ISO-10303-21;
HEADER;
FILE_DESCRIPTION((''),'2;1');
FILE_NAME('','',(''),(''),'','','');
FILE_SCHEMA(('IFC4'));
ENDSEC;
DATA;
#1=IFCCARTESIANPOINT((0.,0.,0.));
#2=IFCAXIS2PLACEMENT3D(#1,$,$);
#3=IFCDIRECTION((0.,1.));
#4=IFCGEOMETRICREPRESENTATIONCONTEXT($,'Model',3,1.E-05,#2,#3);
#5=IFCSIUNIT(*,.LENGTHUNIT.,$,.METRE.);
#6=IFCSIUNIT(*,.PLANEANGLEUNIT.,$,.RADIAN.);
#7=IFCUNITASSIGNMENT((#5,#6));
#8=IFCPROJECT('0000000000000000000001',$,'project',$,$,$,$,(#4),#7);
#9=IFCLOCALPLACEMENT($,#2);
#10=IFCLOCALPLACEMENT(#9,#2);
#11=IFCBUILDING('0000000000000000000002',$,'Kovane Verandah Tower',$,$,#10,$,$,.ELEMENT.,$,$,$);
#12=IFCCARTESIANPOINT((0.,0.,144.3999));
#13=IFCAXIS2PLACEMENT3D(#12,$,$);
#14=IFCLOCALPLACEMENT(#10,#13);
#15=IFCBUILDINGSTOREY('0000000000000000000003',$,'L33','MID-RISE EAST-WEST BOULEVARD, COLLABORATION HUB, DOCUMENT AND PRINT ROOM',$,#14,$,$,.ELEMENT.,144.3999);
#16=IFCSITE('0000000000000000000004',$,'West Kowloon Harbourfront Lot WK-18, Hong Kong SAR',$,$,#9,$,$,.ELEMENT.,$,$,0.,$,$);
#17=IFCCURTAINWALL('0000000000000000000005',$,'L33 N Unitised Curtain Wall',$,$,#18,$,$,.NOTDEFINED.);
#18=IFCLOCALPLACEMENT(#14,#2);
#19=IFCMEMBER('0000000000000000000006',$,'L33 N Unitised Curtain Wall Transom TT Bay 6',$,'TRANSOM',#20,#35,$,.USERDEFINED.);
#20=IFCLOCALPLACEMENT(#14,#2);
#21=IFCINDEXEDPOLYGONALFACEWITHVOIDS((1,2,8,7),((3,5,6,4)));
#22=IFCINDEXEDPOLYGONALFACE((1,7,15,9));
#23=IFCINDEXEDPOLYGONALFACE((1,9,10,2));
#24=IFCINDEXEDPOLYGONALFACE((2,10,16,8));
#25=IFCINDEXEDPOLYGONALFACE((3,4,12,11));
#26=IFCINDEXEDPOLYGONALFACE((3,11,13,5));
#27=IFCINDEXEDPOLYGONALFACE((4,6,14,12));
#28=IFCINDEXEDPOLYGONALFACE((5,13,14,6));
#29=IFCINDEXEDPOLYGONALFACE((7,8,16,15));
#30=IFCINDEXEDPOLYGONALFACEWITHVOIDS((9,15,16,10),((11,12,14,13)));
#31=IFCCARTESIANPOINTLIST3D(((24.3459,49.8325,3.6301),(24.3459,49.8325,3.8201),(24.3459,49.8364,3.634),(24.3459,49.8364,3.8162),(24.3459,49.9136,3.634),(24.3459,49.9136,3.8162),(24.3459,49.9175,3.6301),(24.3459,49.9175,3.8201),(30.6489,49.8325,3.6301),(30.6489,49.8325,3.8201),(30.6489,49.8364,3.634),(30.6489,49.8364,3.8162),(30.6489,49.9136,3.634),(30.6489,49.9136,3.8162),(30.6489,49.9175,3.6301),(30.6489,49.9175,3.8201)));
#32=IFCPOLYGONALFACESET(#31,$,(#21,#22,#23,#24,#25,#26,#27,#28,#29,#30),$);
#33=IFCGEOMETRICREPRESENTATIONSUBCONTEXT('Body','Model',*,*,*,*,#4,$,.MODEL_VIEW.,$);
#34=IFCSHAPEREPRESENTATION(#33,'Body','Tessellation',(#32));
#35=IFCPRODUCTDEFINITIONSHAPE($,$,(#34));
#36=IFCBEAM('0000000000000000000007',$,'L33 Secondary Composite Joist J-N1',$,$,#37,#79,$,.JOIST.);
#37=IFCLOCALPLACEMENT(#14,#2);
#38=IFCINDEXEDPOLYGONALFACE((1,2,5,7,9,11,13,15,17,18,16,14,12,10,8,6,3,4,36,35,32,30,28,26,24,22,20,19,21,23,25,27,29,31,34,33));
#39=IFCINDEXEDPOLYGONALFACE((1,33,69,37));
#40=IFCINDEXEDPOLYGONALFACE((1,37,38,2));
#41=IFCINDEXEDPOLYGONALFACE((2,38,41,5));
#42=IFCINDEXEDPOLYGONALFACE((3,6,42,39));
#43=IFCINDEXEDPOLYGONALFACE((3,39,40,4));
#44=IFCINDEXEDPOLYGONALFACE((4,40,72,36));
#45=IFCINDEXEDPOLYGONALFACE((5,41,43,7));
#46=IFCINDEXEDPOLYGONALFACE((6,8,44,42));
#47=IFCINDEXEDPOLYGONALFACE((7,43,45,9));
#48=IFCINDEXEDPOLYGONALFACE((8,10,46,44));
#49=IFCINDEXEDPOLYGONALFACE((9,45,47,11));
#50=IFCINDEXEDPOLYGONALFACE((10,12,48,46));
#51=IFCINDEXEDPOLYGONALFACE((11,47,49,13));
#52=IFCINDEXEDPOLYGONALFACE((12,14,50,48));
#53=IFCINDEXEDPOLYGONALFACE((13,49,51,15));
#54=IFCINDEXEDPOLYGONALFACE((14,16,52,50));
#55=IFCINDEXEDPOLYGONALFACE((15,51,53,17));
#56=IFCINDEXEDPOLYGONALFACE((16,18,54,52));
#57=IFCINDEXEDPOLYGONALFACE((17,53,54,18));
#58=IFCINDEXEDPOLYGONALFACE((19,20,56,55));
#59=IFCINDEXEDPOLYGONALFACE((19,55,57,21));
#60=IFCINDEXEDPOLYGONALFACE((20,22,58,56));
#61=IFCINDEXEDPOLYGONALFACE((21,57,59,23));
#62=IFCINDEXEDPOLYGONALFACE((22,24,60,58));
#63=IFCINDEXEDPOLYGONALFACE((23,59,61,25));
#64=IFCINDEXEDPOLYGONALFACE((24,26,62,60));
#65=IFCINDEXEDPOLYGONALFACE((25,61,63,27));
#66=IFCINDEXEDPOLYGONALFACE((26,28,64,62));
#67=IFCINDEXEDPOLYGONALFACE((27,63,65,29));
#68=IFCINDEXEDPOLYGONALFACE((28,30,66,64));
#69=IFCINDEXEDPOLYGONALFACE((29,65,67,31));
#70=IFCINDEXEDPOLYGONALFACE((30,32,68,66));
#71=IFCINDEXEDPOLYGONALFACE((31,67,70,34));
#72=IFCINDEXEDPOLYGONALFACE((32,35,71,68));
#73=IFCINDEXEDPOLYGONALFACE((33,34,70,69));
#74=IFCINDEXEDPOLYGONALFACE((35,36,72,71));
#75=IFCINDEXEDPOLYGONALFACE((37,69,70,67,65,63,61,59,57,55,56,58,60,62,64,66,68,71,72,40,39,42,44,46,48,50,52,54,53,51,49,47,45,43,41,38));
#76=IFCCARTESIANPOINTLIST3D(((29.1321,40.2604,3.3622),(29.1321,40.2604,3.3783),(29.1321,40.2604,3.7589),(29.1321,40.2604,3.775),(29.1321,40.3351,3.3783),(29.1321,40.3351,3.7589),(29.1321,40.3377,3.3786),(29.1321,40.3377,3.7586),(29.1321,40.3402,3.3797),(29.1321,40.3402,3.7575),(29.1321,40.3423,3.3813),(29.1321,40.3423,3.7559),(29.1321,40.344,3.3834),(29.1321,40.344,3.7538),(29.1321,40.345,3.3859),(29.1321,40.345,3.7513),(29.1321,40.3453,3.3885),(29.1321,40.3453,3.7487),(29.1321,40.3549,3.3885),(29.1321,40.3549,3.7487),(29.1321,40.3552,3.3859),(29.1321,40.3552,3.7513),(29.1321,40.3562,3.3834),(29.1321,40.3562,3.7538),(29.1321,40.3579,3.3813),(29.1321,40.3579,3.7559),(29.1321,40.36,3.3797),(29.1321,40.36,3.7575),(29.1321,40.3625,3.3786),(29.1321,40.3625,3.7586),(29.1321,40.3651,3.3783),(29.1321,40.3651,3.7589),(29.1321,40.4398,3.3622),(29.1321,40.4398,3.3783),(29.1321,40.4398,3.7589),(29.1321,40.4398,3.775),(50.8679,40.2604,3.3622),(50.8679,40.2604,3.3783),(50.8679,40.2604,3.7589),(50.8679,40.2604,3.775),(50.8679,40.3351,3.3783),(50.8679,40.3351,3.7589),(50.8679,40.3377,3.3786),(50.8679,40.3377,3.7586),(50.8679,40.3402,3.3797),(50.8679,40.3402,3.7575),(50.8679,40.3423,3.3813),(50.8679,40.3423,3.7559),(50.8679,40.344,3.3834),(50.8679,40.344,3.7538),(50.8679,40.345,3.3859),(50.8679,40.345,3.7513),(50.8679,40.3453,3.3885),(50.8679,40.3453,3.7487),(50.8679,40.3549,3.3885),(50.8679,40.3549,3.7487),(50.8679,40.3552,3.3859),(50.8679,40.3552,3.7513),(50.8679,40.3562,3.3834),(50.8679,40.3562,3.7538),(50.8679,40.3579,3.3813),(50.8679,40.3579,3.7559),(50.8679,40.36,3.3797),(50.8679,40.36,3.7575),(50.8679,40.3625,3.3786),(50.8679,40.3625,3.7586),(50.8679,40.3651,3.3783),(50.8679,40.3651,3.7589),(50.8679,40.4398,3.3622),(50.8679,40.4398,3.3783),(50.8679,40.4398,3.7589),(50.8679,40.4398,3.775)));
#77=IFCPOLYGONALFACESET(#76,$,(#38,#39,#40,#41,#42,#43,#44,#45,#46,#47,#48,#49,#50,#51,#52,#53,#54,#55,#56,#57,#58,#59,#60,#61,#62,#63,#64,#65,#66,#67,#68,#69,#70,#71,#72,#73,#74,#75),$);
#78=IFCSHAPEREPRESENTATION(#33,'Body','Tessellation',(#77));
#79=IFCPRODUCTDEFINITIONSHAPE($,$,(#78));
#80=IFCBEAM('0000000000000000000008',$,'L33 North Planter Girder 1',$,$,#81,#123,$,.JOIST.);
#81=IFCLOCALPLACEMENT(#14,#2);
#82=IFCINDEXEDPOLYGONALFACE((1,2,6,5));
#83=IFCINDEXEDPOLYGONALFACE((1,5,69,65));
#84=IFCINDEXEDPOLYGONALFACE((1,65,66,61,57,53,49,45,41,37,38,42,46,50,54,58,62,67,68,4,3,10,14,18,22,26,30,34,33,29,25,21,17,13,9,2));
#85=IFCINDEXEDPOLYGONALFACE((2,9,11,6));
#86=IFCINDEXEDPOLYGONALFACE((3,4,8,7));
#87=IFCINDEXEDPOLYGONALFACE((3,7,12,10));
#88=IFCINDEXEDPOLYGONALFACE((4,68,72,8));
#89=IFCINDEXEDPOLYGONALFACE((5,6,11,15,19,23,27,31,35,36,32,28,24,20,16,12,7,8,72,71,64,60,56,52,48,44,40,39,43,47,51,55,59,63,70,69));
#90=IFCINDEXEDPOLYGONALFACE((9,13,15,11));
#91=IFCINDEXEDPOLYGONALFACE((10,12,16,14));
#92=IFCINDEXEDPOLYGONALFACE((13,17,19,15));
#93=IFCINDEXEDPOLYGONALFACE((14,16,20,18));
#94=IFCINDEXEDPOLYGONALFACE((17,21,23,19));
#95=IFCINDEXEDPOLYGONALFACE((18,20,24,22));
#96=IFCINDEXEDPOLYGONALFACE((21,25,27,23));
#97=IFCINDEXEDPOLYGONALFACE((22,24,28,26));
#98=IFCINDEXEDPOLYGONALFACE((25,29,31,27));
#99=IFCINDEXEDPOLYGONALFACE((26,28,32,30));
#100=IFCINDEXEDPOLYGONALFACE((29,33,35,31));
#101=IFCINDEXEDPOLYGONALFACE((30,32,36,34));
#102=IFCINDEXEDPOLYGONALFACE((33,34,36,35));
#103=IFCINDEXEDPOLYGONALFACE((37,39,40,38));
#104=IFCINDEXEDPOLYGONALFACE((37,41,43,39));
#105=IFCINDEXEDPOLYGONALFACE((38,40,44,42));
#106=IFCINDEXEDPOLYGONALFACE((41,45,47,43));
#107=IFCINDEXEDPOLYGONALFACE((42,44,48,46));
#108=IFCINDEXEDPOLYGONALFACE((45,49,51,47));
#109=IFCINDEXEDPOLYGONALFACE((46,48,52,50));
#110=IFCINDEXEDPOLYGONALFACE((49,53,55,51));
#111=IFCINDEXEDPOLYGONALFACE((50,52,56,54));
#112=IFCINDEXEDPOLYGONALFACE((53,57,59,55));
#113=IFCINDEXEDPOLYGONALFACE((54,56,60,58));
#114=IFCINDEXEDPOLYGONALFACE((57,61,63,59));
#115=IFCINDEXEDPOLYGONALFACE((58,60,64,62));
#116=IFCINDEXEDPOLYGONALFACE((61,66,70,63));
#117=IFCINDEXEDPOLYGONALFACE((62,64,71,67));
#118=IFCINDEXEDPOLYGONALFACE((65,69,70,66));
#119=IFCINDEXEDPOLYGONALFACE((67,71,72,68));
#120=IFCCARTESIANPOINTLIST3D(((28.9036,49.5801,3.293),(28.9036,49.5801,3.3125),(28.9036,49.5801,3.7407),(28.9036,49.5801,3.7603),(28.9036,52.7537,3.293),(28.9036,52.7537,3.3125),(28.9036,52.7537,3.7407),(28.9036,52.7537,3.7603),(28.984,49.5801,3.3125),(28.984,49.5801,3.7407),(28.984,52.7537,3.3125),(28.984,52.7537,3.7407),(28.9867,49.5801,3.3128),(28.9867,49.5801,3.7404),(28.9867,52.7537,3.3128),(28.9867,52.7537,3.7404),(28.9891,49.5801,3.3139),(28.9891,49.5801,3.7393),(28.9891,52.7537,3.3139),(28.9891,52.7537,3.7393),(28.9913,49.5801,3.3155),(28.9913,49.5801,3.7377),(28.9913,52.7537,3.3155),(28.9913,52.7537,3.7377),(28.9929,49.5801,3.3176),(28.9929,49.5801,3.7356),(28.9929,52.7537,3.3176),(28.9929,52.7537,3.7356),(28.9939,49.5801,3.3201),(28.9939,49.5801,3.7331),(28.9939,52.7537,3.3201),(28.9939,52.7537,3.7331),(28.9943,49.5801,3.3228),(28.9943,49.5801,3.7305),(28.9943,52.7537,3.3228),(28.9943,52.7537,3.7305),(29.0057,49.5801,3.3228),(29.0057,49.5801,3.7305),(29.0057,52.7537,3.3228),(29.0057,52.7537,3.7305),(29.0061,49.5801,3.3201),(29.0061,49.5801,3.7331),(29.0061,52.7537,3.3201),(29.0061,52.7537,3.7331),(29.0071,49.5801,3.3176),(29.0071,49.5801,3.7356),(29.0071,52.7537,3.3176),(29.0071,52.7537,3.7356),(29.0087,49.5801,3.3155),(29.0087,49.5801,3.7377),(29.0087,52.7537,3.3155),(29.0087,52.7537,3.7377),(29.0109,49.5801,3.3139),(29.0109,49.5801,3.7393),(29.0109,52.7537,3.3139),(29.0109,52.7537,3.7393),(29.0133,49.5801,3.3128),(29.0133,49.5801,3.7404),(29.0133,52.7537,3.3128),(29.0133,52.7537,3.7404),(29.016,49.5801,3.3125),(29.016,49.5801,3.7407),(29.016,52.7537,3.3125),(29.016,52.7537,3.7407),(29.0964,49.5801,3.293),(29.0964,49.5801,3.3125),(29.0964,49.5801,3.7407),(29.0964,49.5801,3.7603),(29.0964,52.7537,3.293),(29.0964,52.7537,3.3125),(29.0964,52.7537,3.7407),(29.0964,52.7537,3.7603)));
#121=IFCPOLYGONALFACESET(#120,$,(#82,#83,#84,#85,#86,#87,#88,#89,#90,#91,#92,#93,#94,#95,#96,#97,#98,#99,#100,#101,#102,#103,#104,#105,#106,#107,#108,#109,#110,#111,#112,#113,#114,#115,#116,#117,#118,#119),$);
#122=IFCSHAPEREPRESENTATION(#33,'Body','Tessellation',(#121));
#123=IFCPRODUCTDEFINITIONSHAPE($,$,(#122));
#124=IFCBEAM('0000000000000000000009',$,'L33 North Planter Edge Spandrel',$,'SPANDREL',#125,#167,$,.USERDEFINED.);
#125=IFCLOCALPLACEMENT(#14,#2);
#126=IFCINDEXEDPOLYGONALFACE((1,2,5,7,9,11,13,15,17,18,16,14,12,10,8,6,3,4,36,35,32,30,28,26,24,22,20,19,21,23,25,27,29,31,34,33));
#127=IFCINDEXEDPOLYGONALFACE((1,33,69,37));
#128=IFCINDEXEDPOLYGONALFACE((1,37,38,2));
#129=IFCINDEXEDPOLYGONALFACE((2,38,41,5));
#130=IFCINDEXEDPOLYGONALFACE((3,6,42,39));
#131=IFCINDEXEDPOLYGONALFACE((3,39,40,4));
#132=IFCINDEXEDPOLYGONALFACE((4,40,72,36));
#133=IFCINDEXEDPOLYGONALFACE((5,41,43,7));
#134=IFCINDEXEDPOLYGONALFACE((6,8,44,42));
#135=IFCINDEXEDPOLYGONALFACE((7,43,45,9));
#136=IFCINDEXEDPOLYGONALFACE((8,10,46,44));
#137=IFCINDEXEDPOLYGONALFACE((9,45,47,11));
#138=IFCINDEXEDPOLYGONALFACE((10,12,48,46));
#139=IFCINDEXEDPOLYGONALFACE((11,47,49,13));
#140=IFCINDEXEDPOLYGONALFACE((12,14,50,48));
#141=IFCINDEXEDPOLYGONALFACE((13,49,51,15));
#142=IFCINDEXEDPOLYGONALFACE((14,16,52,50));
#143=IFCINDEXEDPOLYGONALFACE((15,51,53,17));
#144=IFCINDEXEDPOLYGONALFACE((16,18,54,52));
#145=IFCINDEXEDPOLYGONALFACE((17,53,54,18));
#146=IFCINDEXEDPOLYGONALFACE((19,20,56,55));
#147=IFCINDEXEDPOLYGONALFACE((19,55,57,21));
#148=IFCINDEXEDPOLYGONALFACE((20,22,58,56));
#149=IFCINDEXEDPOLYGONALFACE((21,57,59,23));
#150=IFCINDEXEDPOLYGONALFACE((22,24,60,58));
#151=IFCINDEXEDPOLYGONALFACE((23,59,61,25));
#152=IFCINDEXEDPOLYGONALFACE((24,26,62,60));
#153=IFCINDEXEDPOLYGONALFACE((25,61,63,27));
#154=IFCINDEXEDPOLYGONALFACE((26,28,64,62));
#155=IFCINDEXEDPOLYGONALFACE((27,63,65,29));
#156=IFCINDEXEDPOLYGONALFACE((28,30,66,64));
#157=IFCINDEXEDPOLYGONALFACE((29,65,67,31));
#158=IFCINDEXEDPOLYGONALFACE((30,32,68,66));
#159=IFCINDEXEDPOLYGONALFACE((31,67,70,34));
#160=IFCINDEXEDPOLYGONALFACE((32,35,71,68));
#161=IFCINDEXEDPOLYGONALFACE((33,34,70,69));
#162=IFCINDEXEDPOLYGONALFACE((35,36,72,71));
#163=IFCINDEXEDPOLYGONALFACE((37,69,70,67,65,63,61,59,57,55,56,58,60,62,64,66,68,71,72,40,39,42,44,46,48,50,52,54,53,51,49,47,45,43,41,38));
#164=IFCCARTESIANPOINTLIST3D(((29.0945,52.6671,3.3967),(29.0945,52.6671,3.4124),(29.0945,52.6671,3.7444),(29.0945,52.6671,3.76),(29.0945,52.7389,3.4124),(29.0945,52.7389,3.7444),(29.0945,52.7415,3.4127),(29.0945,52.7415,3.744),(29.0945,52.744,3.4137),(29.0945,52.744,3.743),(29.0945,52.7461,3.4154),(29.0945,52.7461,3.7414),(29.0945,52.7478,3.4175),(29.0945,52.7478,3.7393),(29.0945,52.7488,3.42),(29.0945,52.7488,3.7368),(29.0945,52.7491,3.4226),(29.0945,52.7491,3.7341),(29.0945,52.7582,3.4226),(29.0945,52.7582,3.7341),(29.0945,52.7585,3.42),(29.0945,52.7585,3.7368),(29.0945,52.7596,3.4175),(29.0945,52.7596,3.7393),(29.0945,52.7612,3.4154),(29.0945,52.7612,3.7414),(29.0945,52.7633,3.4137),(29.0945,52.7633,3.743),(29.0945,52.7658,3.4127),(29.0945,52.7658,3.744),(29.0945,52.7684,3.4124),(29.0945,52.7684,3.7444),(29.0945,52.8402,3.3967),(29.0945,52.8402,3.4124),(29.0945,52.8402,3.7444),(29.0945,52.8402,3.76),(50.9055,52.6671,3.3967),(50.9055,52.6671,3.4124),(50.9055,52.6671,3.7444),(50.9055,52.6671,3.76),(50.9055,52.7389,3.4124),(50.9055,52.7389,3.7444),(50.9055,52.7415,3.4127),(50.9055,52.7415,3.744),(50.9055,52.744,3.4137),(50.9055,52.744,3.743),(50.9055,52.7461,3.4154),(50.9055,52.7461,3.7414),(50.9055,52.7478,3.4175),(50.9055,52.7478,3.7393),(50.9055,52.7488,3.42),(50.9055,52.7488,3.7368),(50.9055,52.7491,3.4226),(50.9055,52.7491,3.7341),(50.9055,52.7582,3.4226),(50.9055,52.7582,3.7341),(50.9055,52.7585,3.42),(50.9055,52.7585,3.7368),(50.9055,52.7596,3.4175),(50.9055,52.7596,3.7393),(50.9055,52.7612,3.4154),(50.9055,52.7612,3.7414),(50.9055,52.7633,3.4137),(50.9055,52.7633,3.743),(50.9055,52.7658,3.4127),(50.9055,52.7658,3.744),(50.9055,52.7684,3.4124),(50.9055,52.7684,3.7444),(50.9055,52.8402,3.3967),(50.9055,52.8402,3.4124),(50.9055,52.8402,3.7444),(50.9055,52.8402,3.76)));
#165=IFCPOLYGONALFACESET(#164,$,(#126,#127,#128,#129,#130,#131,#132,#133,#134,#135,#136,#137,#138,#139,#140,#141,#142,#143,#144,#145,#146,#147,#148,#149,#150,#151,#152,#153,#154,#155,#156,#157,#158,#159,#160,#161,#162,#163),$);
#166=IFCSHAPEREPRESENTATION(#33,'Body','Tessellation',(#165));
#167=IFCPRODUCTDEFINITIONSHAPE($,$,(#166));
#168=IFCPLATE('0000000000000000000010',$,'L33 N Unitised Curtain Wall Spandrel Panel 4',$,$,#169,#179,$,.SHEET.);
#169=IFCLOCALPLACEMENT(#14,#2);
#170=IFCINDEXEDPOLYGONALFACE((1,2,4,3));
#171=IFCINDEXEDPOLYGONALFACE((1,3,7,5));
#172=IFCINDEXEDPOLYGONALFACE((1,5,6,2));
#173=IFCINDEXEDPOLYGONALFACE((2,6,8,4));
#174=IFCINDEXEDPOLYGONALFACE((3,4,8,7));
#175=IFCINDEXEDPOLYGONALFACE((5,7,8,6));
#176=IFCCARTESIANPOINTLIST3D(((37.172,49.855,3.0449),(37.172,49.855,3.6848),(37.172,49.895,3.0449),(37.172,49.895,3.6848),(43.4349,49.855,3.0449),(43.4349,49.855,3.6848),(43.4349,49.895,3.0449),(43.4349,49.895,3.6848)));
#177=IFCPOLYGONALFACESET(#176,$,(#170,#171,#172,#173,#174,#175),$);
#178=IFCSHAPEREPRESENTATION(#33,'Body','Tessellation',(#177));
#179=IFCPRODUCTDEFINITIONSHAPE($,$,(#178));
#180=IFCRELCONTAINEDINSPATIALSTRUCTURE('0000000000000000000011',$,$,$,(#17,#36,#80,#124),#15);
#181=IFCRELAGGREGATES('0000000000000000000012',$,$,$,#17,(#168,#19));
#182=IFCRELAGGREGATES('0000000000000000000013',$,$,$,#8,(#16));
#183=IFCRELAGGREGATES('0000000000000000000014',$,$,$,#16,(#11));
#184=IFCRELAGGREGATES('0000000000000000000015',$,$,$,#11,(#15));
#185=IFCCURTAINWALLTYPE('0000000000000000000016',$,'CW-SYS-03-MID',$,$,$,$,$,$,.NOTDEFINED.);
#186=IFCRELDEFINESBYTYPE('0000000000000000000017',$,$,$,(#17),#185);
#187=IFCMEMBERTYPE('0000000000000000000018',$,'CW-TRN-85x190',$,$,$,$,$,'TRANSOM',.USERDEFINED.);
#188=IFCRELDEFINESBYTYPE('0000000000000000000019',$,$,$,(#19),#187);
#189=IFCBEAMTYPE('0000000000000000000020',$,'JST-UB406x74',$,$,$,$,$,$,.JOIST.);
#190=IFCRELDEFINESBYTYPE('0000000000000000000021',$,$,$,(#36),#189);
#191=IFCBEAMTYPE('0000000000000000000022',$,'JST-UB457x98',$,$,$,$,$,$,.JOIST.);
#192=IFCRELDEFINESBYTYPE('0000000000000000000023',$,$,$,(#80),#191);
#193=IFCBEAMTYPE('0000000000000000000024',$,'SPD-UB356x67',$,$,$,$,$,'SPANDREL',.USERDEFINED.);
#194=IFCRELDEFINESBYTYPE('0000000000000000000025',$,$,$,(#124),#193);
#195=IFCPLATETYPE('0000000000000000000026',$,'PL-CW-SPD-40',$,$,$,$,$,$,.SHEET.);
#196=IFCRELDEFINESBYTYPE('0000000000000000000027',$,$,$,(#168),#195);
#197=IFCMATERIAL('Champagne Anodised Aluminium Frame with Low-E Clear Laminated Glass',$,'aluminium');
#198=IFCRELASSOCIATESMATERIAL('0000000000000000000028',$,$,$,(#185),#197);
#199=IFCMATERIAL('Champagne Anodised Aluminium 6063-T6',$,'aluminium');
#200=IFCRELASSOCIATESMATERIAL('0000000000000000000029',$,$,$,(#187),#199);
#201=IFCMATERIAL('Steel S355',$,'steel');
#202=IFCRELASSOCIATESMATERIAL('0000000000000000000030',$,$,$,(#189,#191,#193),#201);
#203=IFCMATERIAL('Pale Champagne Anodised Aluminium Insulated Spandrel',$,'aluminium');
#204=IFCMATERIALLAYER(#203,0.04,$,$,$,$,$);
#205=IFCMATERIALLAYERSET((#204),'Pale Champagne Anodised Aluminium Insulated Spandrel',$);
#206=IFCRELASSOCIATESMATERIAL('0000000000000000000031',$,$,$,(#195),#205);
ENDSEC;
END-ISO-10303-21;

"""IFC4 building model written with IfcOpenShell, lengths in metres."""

from ifc_helpers import new_model, si_unit, direction, frame, origin, origin_2d, place, context, subcontext, project, spatial, rectangle, hollow_rectangle, i_section, extrude, material, layer, layer_set, material_profile, profile_set, type_object, element, aggregate, save


model = new_model("IFC4")

# Units and contexts
model_context = context("Model", 3, precision=1e-05, world=origin(), true_north=direction((0.0, 1.0)))
body_context = subcontext(model_context, "Body", "Model", "MODEL_VIEW")
ifc_project = project(units=[si_unit("LENGTHUNIT", "METRE"), si_unit("PLANEANGLEUNIT", "RADIAN")], contexts=[model_context])

# Site, building, storey
site_placement = place(None, origin())
site = spatial("IfcSite", under=ifc_project, at=site_placement, Name="West Kowloon Harbourfront Lot WK-18, Hong Kong SAR", CompositionType="ELEMENT", RefElevation=0.0)
building_placement = place(site_placement, origin())
building = spatial("IfcBuilding", under=site, at=building_placement, Name="Kovane Verandah Tower", CompositionType="ELEMENT")
storey_placement = place(building_placement, frame((0.0, 0.0, 144.3999)))
storey = spatial("IfcBuildingStorey", under=building, at=storey_placement, Name="L33", Description="MID-RISE EAST-WEST BOULEVARD, COLLABORATION HUB, DOCUMENT AND PRINT ROOM", CompositionType="ELEMENT", Elevation=144.3999)

# Curtain wall, member
ifc_material_1 = material(Name="Champagne Anodised Aluminium Frame with Low-E Clear Laminated Glass", Category="aluminium")
curtain_wall_type = type_object("IfcCurtainWallType", Name="CW-SYS-03-MID", PredefinedType="NOTDEFINED", material=ifc_material_1)
curtain_wall_placement = place(storey_placement, origin())
curtain_wall = element("IfcCurtainWall", 1, at=curtain_wall_placement, inside=storey, type_object=curtain_wall_type, Name="L33 N Unitised Curtain Wall", PredefinedType="NOTDEFINED")
ifc_material_2 = material(Name="Champagne Anodised Aluminium 6063-T6", Category="aluminium")
ifc_material_profile_1 = material_profile(ifc_material_2, hollow_rectangle(XDim=0.085, YDim=0.1899, WallThickness=0.0039, at=origin_2d()), Name="AL85x190x4")
ifc_profile_set_1 = profile_set([ifc_material_profile_1], Name="Champagne Anodised Aluminium 6063-T6")
member_type_1 = type_object("IfcMemberType", Name="CW-TRN-85x190", ElementType="TRANSOM", PredefinedType="USERDEFINED", material=ifc_profile_set_1)
member_1_placement = place(storey_placement, frame((30.6489, 49.875, 3.7251), z_axis=(-1.0, 0.0, 0.0), x_axis=(0.0, -1.0, 0.0)))
member_1 = element("IfcMember", 2, at=member_1_placement, type_object=member_type_1, Name="L33 N Unitised Curtain Wall Transom TT Bay 6", ObjectType="TRANSOM", PredefinedType="USERDEFINED", context=body_context, shape_type="SweptSolid", body=[
    extrude(hollow_rectangle(XDim=0.085, YDim=0.1899, WallThickness=0.0039, at=origin_2d()), origin(), (0.0, 0.0, 1.0), 6.303),
])

# Beams
ifc_material_3 = material(Name="Steel S355", Category="steel")
ifc_material_profile_2 = material_profile(ifc_material_3, i_section(OverallWidth=0.1794, OverallDepth=0.4128, WebThickness=0.0095, FlangeThickness=0.0161, FilletRadius=0.0103, at=origin_2d()), Name="UB406x178x74")
ifc_profile_set_2 = profile_set([ifc_material_profile_2], Name="Steel S355")
beam_type_1 = type_object("IfcBeamType", Name="JST-UB406x74", PredefinedType="JOIST", material=ifc_profile_set_2)
beam_1_placement = place(storey_placement, frame((29.1321, 40.3501, 3.5686), z_axis=(1.0, 0.0, 0.0), x_axis=(0.0, 1.0, 0.0)))
element("IfcBeam", 3, at=beam_1_placement, inside=storey, type_object=beam_type_1, Name="L33 Secondary Composite Joist J-N1", PredefinedType="JOIST", context=body_context, shape_type="SweptSolid", body=[
    extrude(i_section(OverallWidth=0.1794, OverallDepth=0.4128, WebThickness=0.0095, FlangeThickness=0.0161, FilletRadius=0.0103, at=origin_2d()), origin(), (0.0, 0.0, 1.0), 21.7358),
])
ifc_material_profile_3 = material_profile(ifc_material_3, i_section(OverallWidth=0.1929, OverallDepth=0.4673, WebThickness=0.0115, FlangeThickness=0.0195, FilletRadius=0.0103, at=origin_2d()), Name="UB457x191x98")
ifc_profile_set_3 = profile_set([ifc_material_profile_3], Name="Steel S355")
beam_type_2 = type_object("IfcBeamType", Name="JST-UB457x98", PredefinedType="JOIST", material=ifc_profile_set_3)
beam_2_placement = place(storey_placement, frame((29.0, 49.5801, 3.5266), z_axis=(0.0, 1.0, 0.0), x_axis=(-1.0, 0.0, 0.0)))
element("IfcBeam", 4, at=beam_2_placement, inside=storey, type_object=beam_type_2, Name="L33 North Planter Girder 1", PredefinedType="JOIST", context=body_context, shape_type="SweptSolid", body=[
    extrude(i_section(OverallWidth=0.1929, OverallDepth=0.4673, WebThickness=0.0115, FlangeThickness=0.0195, FilletRadius=0.0103, at=origin_2d()), origin(), (0.0, 0.0, 1.0), 3.1736),
])
ifc_material_profile_4 = material_profile(ifc_material_3, i_section(OverallWidth=0.1731, OverallDepth=0.3633, WebThickness=0.009, FlangeThickness=0.0156, FilletRadius=0.0103, at=origin_2d()), Name="UB356x171x67")
ifc_profile_set_4 = profile_set([ifc_material_profile_4], Name="Steel S355")
beam_type_3 = type_object("IfcBeamType", Name="SPD-UB356x67", ElementType="SPANDREL", PredefinedType="USERDEFINED", material=ifc_profile_set_4)
beam_3_placement = place(storey_placement, frame((29.0945, 52.7537, 3.5784), z_axis=(1.0, 0.0, 0.0), x_axis=(0.0, 1.0, 0.0)))
element("IfcBeam", 5, at=beam_3_placement, inside=storey, type_object=beam_type_3, Name="L33 North Planter Edge Spandrel", ObjectType="SPANDREL", PredefinedType="USERDEFINED", context=body_context, shape_type="SweptSolid", body=[
    extrude(i_section(OverallWidth=0.1731, OverallDepth=0.3633, WebThickness=0.009, FlangeThickness=0.0156, FilletRadius=0.0103, at=origin_2d()), origin(), (0.0, 0.0, 1.0), 21.811),
])

# Plate
ifc_material_4 = material(Name="Pale Champagne Anodised Aluminium Insulated Spandrel", Category="aluminium")
ifc_layer_1 = layer(ifc_material_4, 0.04)
ifc_layer_set_1 = layer_set([ifc_layer_1], Name="Pale Champagne Anodised Aluminium Insulated Spandrel")
plate_type_1 = type_object("IfcPlateType", Name="PL-CW-SPD-40", PredefinedType="SHEET", material=ifc_layer_set_1)
plate_1_placement = place(storey_placement, frame((40.3035, 49.875, 3.0449), z_axis=(0.0, 0.0, 1.0), x_axis=(-1.0, 0.0, 0.0)))
plate_1 = element("IfcPlate", 6, at=plate_1_placement, type_object=plate_type_1, Name="L33 N Unitised Curtain Wall Spandrel Panel 4", PredefinedType="SHEET", context=body_context, shape_type="SweptSolid", body=[
    extrude(rectangle(XDim=6.2629, YDim=0.04, at=origin_2d()), origin(), (0.0, 0.0, 1.0), 0.6399),
])
aggregate(curtain_wall, [plate_1, member_1])

save(model, "model.ifc")
